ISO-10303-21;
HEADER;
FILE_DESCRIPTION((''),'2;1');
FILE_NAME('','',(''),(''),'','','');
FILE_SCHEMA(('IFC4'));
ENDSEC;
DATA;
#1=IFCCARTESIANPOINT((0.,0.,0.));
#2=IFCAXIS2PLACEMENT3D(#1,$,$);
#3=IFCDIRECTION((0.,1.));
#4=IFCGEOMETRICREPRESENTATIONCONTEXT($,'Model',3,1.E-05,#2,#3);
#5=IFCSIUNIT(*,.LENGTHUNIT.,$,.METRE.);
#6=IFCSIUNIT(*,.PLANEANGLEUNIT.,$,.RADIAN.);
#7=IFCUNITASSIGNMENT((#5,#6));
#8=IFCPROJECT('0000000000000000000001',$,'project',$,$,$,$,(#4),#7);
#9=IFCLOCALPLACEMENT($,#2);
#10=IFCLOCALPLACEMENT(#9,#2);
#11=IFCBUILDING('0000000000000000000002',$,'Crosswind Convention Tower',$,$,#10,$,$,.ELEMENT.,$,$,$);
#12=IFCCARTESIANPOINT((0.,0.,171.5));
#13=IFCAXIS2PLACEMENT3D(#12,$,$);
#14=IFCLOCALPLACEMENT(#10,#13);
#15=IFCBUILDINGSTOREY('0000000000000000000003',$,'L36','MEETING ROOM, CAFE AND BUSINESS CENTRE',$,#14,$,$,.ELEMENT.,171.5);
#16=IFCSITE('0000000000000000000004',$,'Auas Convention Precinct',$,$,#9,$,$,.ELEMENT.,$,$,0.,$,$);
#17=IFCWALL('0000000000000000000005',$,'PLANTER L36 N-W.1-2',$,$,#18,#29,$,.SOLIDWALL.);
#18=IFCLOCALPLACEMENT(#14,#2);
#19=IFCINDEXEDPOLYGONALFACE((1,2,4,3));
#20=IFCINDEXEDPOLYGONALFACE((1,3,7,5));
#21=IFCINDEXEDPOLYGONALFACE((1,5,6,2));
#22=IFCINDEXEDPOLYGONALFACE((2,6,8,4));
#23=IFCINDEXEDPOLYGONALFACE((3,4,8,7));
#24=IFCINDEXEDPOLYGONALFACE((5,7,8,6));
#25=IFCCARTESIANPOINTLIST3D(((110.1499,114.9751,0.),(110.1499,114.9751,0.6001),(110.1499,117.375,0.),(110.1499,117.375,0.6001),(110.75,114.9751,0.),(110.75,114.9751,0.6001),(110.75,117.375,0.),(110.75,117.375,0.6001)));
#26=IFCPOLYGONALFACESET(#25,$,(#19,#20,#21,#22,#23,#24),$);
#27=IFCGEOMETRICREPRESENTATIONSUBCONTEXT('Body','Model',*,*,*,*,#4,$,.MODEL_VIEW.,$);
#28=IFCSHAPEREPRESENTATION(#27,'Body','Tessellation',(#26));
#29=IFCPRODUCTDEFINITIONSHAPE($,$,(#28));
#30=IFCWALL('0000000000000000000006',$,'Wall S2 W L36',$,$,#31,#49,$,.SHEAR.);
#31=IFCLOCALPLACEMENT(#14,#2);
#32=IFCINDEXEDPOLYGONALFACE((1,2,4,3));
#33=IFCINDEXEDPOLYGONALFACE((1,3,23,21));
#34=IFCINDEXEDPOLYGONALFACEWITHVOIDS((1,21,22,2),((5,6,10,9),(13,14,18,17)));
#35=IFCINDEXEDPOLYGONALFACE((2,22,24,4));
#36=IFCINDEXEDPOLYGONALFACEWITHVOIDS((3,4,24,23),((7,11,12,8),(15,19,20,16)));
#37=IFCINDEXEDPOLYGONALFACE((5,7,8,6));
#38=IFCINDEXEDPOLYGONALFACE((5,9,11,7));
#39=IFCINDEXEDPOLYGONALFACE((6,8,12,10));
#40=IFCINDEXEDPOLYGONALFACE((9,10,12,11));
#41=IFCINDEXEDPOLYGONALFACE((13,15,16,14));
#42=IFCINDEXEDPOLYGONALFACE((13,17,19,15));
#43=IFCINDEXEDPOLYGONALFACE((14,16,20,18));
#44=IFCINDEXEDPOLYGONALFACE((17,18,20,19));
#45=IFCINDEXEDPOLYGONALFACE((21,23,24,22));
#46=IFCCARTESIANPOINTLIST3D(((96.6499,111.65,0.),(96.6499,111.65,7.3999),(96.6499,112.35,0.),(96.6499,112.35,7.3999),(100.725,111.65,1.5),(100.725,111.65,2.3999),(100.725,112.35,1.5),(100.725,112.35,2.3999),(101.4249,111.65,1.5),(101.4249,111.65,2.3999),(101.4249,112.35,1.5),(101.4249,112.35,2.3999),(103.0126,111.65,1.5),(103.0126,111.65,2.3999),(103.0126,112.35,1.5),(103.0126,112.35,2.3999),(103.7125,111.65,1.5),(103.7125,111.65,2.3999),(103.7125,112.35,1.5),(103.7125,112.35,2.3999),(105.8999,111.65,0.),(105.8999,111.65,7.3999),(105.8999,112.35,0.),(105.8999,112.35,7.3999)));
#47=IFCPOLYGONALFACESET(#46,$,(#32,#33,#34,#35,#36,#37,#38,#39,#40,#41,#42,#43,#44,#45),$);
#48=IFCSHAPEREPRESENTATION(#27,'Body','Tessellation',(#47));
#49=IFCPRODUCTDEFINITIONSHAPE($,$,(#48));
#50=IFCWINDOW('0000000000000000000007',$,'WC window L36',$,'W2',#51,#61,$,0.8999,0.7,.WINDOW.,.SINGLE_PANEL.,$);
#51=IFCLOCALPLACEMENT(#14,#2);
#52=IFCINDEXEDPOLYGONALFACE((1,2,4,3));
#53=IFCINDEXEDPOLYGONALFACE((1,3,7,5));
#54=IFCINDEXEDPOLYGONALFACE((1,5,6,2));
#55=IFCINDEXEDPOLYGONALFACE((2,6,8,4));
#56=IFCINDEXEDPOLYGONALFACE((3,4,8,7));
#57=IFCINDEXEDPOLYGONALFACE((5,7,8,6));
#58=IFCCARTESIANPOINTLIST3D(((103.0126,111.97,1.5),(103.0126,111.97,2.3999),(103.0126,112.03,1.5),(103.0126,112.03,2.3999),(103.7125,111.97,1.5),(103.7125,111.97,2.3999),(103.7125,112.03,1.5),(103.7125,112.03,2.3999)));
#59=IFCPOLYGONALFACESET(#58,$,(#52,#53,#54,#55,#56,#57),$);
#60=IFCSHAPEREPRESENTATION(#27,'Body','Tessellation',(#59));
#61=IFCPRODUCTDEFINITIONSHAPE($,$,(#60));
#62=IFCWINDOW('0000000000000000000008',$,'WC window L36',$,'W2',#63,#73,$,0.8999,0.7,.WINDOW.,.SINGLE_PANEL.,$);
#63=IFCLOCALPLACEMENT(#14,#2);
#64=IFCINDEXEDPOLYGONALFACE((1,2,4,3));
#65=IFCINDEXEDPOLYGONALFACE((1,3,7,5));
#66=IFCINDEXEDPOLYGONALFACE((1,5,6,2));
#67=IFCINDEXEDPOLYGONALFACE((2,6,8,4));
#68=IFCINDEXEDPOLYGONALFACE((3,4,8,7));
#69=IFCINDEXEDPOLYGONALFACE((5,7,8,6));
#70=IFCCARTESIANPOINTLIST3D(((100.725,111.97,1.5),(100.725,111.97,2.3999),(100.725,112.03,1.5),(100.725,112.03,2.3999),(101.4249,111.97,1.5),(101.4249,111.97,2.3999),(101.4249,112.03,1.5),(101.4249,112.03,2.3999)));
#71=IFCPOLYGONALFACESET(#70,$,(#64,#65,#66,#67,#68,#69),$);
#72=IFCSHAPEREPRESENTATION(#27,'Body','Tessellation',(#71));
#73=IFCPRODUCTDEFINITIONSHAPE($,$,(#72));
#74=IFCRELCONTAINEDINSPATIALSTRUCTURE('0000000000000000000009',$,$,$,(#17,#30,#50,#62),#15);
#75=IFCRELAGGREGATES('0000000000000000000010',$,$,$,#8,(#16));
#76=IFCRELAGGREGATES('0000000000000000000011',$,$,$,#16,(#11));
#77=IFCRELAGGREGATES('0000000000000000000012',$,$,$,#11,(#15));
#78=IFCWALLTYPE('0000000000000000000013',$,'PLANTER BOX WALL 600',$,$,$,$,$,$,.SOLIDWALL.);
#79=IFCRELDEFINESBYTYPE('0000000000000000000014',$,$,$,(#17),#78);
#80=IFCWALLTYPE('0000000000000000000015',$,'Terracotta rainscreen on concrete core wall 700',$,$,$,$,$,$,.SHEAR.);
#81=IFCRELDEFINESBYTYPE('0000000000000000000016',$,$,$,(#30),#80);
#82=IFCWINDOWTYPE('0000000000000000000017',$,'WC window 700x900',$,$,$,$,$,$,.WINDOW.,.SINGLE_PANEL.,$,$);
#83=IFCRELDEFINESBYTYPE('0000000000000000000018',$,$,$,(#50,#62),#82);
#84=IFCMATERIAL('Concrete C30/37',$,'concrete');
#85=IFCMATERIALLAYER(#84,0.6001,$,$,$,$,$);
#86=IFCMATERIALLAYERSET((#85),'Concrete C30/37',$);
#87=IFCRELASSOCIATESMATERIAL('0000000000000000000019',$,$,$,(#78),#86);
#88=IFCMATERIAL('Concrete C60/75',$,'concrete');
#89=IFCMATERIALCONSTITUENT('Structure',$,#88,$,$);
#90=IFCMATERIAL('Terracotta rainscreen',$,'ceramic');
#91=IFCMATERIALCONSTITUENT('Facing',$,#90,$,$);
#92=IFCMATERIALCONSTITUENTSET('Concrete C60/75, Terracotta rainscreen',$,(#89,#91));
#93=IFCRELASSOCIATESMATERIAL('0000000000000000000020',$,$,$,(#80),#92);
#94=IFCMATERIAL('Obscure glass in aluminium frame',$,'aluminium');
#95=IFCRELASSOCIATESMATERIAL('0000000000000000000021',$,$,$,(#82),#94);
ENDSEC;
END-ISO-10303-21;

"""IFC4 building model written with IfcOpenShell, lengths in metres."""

from ifc_helpers import new_model, si_unit, direction, frame, frame_2d, origin, place, context, subcontext, project, spatial, rectangle, extrude, material, layer, layer_set, constituent, constituent_set, type_object, element, fill, save


model = new_model("IFC4")

# Units and contexts
model_context = context("Model", 3, precision=1e-05, world=origin(), true_north=direction((0.0, 1.0)))
body_context = subcontext(model_context, "Body", "Model", "MODEL_VIEW")
ifc_project = project(units=[si_unit("LENGTHUNIT", "METRE"), si_unit("PLANEANGLEUNIT", "RADIAN")], contexts=[model_context])

# Site, building, storey
site_placement = place(None, origin())
site = spatial("IfcSite", under=ifc_project, at=site_placement, Name="Auas Convention Precinct", CompositionType="ELEMENT", RefElevation=0.0)
building_placement = place(site_placement, origin())
building = spatial("IfcBuilding", under=site, at=building_placement, Name="Crosswind Convention Tower", CompositionType="ELEMENT")
storey_placement = place(building_placement, frame((0.0, 0.0, 171.5)))
storey = spatial("IfcBuildingStorey", under=building, at=storey_placement, Name="L36", Description="MEETING ROOM, CAFE AND BUSINESS CENTRE", CompositionType="ELEMENT", Elevation=171.5)

# Shared definitions
ifc_material_1 = material(Name="Concrete C60/75", Category="concrete")

# Wall
ifc_material_2 = material(Name="Concrete C30/37", Category="concrete")
ifc_layer_1 = layer(ifc_material_2, 0.6001)
ifc_layer_set_1 = layer_set([ifc_layer_1], Name="Concrete C30/37")
wall_type_1 = type_object("IfcWallType", Name="PLANTER BOX WALL 600", PredefinedType="SOLIDWALL", material=ifc_layer_set_1)
wall_1_placement = place(storey_placement, frame((110.45, 117.375, 0.0), z_axis=(0.0, 0.0, 1.0), x_axis=(0.0, -1.0, 0.0)))
element("IfcWall", 1, at=wall_1_placement, inside=storey, type_object=wall_type_1, Name="PLANTER L36 N-W.1-2", PredefinedType="SOLIDWALL", context=body_context, shape_type="SweptSolid", body=[
    extrude(rectangle(XDim=2.3999, YDim=0.6001, at=frame_2d((1.2, 0.0))), origin(), (0.0, 0.0, 1.0), 0.6001),
])

# Wall, openings, windows
ifc_constituent_1 = constituent(ifc_material_1, Name="Structure")
ifc_material_3 = material(Name="Terracotta rainscreen", Category="ceramic")
ifc_constituent_2 = constituent(ifc_material_3, Name="Facing")
ifc_constituent_set = constituent_set(constituents=[ifc_constituent_1, ifc_constituent_2], Name="Concrete C60/75, Terracotta rainscreen")
wall_type_2 = type_object("IfcWallType", Name="Terracotta rainscreen on concrete core wall 700", PredefinedType="SHEAR", material=ifc_constituent_set)
wall_2_placement = place(storey_placement, frame((105.8999, 112.0, 0.0), z_axis=(0.0, 0.0, 1.0), x_axis=(-1.0, 0.0, 0.0)))
wall_2 = element("IfcWall", 2, at=wall_2_placement, inside=storey, type_object=wall_type_2, Name="Wall S2 W L36", PredefinedType="SHEAR", context=body_context, shape_type="SweptSolid", body=[
    extrude(rectangle(XDim=9.25, YDim=0.7, at=frame_2d((4.625, 0.0))), origin(), (0.0, 0.0, 1.0), 7.3999),
])
opening_1_placement = place(wall_2_placement, frame((2.1873, 0.0, 1.5)))
opening_1 = element("IfcOpeningElement", 3, at=opening_1_placement, cuts=wall_2, PredefinedType="OPENING", context=body_context, shape_type="SweptSolid", body=[
    extrude(rectangle(XDim=0.7, YDim=0.8999, at=frame_2d((0.3501, 0.45))), frame((0.0, 0.3599, 0.0), z_axis=(0.0, -1.0, 0.0), x_axis=(1.0, 0.0, 0.0)), (0.0, 0.0, 1.0), 0.72),
])
opening_2_placement = place(wall_2_placement, frame((4.4749, 0.0, 1.5)))
opening_2 = element("IfcOpeningElement", 4, at=opening_2_placement, cuts=wall_2, PredefinedType="OPENING", context=body_context, shape_type="SweptSolid", body=[
    extrude(rectangle(XDim=0.7, YDim=0.8999, at=frame_2d((0.3501, 0.45))), frame((0.0, 0.3599, 0.0), z_axis=(0.0, -1.0, 0.0), x_axis=(1.0, 0.0, 0.0)), (0.0, 0.0, 1.0), 0.72),
])
ifc_material_4 = material(Name="Obscure glass in aluminium frame", Category="aluminium")
window_type = type_object("IfcWindowType", Name="WC window 700x900", PartitioningType="SINGLE_PANEL", PredefinedType="WINDOW", material=ifc_material_4)
window_1_placement = place(opening_1_placement, origin())
window_1 = element("IfcWindow", 5, at=window_1_placement, inside=storey, type_object=window_type, Name="WC window L36", ObjectType="W2", OverallHeight=0.8999, OverallWidth=0.7, PartitioningType="SINGLE_PANEL", PredefinedType="WINDOW", context=body_context, shape_type="SweptSolid", body=[
    extrude(rectangle(XDim=0.7, YDim=0.8999, at=frame_2d((0.3501, 0.45))), frame((0.0, 0.03, 0.0), z_axis=(0.0, -1.0, 0.0), x_axis=(1.0, 0.0, 0.0)), (0.0, 0.0, 1.0), 0.0601),
])
fill(opening_1, window_1)
window_2_placement = place(opening_2_placement, origin())
window_2 = element("IfcWindow", 6, at=window_2_placement, inside=storey, type_object=window_type, Name="WC window L36", ObjectType="W2", OverallHeight=0.8999, OverallWidth=0.7, PartitioningType="SINGLE_PANEL", PredefinedType="WINDOW", context=body_context, shape_type="SweptSolid", body=[
    extrude(rectangle(XDim=0.7, YDim=0.8999, at=frame_2d((0.3501, 0.45))), frame((0.0, 0.03, 0.0), z_axis=(0.0, -1.0, 0.0), x_axis=(1.0, 0.0, 0.0)), (0.0, 0.0, 1.0), 0.0601),
])
fill(opening_2, window_2)

save(model, "model.ifc")
